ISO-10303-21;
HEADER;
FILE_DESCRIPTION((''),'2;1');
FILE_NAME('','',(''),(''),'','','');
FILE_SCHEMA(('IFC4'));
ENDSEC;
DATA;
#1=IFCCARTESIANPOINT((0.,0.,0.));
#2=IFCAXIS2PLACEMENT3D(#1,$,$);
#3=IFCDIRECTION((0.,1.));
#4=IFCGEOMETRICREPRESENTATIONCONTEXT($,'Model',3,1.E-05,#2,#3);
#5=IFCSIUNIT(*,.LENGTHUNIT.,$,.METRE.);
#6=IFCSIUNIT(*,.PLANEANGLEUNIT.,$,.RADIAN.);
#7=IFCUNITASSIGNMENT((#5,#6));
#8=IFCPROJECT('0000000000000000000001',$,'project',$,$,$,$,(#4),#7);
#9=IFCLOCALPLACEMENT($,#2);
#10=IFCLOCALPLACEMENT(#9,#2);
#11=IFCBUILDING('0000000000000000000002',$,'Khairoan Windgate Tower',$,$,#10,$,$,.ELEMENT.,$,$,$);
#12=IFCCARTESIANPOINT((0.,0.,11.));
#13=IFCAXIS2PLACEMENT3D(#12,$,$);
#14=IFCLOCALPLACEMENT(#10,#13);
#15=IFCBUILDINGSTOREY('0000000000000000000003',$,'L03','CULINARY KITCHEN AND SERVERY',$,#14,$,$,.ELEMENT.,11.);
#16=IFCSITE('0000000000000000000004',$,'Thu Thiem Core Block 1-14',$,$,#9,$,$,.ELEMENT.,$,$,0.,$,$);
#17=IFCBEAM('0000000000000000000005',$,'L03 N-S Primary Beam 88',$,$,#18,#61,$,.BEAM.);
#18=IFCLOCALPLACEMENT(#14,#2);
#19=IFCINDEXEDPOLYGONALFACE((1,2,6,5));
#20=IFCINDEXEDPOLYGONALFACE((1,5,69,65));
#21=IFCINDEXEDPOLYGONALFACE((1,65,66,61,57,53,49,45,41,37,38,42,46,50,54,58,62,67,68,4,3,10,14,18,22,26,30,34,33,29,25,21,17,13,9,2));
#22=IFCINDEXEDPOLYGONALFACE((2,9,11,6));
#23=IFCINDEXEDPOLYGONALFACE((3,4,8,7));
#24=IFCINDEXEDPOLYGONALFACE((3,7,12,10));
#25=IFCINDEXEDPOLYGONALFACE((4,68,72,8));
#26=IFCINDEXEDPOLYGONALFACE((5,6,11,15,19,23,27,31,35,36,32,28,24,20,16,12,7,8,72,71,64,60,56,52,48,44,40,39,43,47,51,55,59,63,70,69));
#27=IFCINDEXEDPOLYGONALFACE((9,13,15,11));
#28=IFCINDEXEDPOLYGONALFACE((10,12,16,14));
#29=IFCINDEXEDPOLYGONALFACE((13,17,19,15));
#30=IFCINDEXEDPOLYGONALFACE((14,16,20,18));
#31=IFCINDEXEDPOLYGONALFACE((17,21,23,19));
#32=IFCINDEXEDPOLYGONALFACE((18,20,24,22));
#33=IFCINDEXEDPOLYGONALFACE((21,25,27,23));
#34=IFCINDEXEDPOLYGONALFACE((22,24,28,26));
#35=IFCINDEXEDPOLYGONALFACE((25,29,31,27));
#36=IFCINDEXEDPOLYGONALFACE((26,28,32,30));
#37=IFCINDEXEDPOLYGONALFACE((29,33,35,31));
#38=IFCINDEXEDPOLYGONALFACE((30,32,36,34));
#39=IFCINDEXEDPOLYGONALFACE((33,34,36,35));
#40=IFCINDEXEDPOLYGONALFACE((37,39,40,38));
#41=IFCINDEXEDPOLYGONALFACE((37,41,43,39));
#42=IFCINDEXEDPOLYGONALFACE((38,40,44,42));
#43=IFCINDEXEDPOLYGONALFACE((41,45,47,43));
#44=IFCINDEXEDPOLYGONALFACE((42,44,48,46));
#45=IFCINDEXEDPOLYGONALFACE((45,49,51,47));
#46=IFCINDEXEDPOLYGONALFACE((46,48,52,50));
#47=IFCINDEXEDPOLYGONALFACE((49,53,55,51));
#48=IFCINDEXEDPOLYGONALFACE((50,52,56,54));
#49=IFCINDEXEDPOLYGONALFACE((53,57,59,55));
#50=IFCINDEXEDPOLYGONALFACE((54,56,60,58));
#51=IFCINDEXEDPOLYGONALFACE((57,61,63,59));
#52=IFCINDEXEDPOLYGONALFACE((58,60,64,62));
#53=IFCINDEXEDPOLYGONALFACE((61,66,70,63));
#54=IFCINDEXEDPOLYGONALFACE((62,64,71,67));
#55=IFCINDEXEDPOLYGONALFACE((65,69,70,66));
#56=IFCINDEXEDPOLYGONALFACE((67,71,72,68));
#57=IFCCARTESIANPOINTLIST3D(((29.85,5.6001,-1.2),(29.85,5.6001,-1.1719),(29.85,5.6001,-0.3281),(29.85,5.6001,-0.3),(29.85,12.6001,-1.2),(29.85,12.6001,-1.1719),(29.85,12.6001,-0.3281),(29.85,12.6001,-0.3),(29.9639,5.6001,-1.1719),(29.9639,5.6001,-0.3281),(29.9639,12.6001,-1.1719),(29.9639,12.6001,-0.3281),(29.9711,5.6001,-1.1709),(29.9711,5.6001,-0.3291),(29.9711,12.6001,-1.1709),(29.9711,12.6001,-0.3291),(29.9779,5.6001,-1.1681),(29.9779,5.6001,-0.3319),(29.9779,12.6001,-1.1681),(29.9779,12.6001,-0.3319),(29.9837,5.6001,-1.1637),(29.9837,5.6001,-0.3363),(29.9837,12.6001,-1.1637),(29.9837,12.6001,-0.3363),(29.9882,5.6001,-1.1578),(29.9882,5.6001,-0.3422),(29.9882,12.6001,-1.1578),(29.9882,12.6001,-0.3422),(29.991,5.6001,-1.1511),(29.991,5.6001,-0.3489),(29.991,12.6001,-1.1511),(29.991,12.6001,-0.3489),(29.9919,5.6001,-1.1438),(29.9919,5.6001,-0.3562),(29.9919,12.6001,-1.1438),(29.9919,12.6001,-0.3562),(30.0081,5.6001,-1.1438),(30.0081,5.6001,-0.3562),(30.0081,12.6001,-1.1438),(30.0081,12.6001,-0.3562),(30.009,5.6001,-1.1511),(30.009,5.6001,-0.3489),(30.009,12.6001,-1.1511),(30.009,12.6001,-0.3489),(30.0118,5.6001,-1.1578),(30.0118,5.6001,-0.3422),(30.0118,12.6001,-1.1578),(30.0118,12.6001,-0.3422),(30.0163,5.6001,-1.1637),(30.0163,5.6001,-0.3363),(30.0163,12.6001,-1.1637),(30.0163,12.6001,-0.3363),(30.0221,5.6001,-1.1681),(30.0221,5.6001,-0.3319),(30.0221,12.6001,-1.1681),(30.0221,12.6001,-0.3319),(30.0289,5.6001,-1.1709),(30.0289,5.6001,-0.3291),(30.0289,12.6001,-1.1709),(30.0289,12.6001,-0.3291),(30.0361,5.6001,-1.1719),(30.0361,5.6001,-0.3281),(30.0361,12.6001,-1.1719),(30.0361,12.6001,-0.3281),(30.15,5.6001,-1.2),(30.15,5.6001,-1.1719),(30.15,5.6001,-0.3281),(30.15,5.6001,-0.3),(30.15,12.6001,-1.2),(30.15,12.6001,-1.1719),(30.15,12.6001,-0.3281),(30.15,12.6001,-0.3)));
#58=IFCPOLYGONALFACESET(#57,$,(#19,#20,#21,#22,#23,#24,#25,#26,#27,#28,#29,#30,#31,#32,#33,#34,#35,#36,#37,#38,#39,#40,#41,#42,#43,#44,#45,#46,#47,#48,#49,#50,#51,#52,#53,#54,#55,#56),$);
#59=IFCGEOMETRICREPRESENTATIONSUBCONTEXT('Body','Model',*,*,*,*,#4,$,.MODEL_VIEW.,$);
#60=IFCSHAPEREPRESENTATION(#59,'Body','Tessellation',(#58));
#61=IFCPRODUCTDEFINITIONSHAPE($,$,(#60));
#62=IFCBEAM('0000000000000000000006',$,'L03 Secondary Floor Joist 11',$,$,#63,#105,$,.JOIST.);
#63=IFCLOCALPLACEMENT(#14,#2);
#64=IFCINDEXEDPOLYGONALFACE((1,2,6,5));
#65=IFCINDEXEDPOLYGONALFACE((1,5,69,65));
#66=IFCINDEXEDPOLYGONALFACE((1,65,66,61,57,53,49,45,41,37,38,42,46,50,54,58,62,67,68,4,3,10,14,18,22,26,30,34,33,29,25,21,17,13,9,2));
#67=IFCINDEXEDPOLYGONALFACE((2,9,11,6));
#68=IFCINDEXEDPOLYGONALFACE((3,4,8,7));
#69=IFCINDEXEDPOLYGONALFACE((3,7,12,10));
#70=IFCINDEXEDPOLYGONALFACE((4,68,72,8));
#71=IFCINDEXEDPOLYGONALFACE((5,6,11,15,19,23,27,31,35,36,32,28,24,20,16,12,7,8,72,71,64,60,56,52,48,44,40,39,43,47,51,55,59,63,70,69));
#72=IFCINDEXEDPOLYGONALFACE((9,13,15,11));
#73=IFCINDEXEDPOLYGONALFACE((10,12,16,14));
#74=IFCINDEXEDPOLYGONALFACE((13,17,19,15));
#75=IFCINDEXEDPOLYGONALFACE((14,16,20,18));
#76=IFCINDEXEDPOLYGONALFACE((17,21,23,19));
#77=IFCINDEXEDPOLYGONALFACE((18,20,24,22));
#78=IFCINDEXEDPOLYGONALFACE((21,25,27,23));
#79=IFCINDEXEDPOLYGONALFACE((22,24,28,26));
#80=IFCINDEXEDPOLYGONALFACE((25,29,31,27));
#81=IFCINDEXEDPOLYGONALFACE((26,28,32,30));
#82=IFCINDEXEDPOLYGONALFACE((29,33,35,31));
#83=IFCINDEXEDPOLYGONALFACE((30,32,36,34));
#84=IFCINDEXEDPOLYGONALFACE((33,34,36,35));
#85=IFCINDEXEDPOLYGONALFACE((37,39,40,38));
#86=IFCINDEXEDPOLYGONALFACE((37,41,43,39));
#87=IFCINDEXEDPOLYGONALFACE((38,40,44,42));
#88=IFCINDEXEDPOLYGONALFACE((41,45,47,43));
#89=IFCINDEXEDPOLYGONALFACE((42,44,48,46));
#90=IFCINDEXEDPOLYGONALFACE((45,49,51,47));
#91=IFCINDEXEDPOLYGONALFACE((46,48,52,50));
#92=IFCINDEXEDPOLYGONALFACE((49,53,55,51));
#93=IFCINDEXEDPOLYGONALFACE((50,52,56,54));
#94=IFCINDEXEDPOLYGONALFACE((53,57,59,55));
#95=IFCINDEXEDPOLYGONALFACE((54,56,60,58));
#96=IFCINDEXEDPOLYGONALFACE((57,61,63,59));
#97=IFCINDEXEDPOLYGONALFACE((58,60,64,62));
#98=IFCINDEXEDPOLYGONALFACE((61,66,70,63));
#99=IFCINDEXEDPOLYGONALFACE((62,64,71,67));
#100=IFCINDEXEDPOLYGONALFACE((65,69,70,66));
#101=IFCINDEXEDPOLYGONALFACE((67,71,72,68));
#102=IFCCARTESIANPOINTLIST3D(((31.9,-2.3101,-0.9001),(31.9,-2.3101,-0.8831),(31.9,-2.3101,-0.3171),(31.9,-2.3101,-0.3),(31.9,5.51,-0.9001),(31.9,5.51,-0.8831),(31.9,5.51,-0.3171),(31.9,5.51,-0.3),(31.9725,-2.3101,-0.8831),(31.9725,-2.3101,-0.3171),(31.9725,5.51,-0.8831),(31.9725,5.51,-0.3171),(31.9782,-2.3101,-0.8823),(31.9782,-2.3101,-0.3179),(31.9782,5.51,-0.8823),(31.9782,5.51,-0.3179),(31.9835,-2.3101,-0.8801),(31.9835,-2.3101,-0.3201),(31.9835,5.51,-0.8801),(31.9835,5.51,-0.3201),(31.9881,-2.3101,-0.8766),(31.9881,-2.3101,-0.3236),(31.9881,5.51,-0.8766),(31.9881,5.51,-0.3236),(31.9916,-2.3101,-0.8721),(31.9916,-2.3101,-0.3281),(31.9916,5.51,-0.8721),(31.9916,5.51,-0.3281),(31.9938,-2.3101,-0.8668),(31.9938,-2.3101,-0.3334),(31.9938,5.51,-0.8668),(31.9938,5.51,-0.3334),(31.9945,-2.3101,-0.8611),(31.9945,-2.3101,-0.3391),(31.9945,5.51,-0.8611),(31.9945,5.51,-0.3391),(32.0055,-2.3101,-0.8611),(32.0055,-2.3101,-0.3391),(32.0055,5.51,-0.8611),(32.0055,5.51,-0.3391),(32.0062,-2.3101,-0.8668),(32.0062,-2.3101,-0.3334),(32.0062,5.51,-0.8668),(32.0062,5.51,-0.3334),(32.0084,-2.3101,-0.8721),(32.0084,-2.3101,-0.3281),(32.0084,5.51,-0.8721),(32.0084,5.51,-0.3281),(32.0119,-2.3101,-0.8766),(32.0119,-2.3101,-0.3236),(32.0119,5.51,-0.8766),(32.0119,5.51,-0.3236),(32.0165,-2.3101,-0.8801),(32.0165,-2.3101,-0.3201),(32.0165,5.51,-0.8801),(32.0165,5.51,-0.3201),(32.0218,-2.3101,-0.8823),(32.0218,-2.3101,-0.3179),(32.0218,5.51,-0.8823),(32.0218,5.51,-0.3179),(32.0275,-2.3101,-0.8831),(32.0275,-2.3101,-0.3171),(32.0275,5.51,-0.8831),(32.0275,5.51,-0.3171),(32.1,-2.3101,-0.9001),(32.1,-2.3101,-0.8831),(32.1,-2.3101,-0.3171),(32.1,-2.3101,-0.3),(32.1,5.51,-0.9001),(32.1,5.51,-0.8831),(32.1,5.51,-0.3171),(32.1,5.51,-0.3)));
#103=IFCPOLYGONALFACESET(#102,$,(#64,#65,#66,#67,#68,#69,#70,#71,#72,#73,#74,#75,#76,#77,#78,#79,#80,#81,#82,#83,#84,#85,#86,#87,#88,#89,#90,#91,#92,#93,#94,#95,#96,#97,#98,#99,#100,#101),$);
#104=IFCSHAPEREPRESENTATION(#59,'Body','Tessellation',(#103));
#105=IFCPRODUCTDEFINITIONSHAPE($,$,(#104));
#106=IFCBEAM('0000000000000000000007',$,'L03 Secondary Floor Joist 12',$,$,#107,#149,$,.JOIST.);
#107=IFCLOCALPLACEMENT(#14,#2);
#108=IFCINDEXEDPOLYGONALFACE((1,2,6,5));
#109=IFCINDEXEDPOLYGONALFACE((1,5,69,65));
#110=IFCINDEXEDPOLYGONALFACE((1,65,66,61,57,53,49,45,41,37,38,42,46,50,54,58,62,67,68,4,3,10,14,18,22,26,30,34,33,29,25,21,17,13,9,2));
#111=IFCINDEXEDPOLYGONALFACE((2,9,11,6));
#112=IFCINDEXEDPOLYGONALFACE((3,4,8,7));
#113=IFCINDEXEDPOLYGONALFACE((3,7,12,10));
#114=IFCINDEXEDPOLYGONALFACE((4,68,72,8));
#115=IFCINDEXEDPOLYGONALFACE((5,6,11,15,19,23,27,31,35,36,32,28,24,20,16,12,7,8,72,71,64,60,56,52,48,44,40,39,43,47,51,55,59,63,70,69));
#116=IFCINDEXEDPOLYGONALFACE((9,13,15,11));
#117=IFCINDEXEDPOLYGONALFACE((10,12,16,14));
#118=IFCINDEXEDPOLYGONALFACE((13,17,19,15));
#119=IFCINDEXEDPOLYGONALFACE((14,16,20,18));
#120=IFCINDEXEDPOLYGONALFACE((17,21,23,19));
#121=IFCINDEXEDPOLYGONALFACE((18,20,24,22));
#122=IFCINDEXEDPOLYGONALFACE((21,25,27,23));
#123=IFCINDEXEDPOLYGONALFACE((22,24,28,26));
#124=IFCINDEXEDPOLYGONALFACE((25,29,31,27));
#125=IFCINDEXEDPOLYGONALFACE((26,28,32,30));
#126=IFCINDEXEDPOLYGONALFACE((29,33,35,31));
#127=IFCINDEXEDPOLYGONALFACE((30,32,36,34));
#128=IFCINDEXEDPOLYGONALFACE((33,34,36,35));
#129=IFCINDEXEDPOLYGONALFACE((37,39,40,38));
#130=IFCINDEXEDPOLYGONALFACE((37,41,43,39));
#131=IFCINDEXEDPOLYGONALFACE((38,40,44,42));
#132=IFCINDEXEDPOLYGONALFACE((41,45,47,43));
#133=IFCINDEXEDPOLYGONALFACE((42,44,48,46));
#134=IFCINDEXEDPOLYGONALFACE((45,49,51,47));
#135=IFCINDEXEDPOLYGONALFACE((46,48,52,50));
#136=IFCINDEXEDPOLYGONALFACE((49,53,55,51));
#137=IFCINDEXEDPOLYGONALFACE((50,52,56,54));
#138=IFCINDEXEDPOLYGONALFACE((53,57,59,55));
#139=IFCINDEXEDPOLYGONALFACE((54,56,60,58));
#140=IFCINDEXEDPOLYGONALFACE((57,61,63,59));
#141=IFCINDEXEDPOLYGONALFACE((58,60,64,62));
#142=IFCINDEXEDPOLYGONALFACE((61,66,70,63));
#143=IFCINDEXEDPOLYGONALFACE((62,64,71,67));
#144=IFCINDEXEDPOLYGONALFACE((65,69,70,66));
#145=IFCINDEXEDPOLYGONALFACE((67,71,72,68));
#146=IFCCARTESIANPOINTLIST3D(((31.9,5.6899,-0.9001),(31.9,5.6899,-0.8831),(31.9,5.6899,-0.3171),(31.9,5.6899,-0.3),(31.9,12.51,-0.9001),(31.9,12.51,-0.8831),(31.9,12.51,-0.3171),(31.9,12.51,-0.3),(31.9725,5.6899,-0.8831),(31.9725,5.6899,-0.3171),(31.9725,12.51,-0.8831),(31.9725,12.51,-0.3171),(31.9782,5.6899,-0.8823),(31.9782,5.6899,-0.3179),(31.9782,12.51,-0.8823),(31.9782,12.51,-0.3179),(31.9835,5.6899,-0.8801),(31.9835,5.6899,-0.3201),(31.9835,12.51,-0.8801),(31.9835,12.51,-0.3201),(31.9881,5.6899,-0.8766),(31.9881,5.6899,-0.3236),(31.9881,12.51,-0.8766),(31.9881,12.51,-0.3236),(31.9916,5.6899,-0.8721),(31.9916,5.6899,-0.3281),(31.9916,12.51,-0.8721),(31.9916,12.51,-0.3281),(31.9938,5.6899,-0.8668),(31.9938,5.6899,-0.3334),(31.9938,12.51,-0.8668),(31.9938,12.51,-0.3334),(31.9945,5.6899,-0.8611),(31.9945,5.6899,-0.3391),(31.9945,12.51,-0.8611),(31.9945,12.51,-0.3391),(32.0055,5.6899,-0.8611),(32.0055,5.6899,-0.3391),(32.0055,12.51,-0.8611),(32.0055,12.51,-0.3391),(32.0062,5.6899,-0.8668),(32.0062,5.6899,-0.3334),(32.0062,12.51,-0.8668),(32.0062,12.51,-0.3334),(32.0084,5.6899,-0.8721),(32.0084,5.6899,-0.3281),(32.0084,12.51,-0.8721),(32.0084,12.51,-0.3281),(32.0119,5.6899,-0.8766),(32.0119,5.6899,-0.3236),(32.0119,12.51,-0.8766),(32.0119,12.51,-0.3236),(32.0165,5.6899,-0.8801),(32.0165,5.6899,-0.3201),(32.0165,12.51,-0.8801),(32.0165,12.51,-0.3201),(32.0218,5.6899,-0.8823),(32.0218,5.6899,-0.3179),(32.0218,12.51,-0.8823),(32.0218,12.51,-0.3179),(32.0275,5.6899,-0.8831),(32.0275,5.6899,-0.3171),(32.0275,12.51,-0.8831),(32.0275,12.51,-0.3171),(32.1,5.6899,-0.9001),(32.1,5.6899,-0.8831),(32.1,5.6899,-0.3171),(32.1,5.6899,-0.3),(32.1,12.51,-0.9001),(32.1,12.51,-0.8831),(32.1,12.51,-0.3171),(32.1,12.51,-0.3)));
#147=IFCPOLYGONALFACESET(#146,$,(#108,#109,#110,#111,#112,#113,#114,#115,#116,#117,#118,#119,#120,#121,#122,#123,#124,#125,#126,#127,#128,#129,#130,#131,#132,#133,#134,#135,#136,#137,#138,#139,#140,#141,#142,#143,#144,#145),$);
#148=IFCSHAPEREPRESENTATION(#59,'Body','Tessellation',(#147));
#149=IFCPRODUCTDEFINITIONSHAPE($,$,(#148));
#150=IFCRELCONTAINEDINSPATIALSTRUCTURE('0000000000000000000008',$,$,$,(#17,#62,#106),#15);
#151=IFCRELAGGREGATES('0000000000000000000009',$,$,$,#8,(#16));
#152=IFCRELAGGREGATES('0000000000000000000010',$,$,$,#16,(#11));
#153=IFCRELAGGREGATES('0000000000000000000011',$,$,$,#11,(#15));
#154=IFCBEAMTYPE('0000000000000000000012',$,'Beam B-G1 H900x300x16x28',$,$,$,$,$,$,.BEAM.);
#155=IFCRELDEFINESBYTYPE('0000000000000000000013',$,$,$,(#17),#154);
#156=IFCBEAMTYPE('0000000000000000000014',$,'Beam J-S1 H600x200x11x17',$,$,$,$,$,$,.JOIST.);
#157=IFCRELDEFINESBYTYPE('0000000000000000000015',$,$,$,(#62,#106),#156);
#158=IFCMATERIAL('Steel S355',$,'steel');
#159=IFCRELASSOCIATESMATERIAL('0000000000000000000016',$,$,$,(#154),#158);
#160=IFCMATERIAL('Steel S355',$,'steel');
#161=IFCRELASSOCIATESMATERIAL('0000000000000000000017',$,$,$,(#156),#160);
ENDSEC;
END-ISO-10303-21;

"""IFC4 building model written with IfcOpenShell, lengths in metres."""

from ifc_helpers import new_model, si_unit, direction, frame, origin, origin_2d, place, context, subcontext, project, spatial, i_section, extrude, material, material_profile, profile_set, type_object, element, save


model = new_model("IFC4")

# Units and contexts
model_context = context("Model", 3, precision=1e-05, world=origin(), true_north=direction((0.0, 1.0)))
body_context = subcontext(model_context, "Body", "Model", "MODEL_VIEW")
ifc_project = project(units=[si_unit("LENGTHUNIT", "METRE"), si_unit("PLANEANGLEUNIT", "RADIAN")], contexts=[model_context])

# Site, building, storey
site_placement = place(None, origin())
site = spatial("IfcSite", under=ifc_project, at=site_placement, Name="Thu Thiem Core Block 1-14", CompositionType="ELEMENT", RefElevation=0.0)
building_placement = place(site_placement, origin())
building = spatial("IfcBuilding", under=site, at=building_placement, Name="Khairoan Windgate Tower", CompositionType="ELEMENT")
storey_placement = place(building_placement, frame((0.0, 0.0, 11.0)))
storey = spatial("IfcBuildingStorey", under=building, at=storey_placement, Name="L03", Description="CULINARY KITCHEN AND SERVERY", CompositionType="ELEMENT", Elevation=11.0)

# Beams
ifc_material_1 = material(Name="Steel S355", Category="steel")
ifc_material_profile_1 = material_profile(ifc_material_1, i_section(OverallWidth=0.3, OverallDepth=0.8999, WebThickness=0.0161, FlangeThickness=0.0281, FilletRadius=0.0281, at=origin_2d()))
ifc_profile_set_1 = profile_set([ifc_material_profile_1], Name="Steel S355")
beam_type_1 = type_object("IfcBeamType", Name="Beam B-G1 H900x300x16x28", PredefinedType="BEAM", material=ifc_profile_set_1)
beam_1_placement = place(storey_placement, frame((30.0, 5.6001, -0.75), z_axis=(0.0, 1.0, 0.0), x_axis=(-1.0, 0.0, 0.0)))
element("IfcBeam", 1, at=beam_1_placement, inside=storey, type_object=beam_type_1, Name="L03 N-S Primary Beam 88", PredefinedType="BEAM", context=body_context, shape_type="SweptSolid", body=[
    extrude(i_section(OverallWidth=0.3, OverallDepth=0.8999, WebThickness=0.0161, FlangeThickness=0.0281, FilletRadius=0.0281, at=origin_2d()), origin(), (0.0, 0.0, 1.0), 7.0),
])
ifc_material_2 = material(Name="Steel S355", Category="steel")
ifc_material_profile_2 = material_profile(ifc_material_2, i_section(OverallWidth=0.2, OverallDepth=0.6001, WebThickness=0.011, FlangeThickness=0.0171, FilletRadius=0.022, at=origin_2d()))
ifc_profile_set_2 = profile_set([ifc_material_profile_2], Name="Steel S355")
beam_type_2 = type_object("IfcBeamType", Name="Beam J-S1 H600x200x11x17", PredefinedType="JOIST", material=ifc_profile_set_2)
beam_2_placement = place(storey_placement, frame((32.0, -2.3101, -0.6001), z_axis=(0.0, 1.0, 0.0), x_axis=(-1.0, 0.0, 0.0)))
element("IfcBeam", 2, at=beam_2_placement, inside=storey, type_object=beam_type_2, Name="L03 Secondary Floor Joist 11", PredefinedType="JOIST", context=body_context, shape_type="SweptSolid", body=[
    extrude(i_section(OverallWidth=0.2, OverallDepth=0.6001, WebThickness=0.011, FlangeThickness=0.0171, FilletRadius=0.022, at=origin_2d()), origin(), (0.0, 0.0, 1.0), 7.8201),
])
beam_3_placement = place(storey_placement, frame((32.0, 5.6899, -0.6001), z_axis=(0.0, 1.0, 0.0), x_axis=(-1.0, 0.0, 0.0)))
element("IfcBeam", 3, at=beam_3_placement, inside=storey, type_object=beam_type_2, Name="L03 Secondary Floor Joist 12", PredefinedType="JOIST", context=body_context, shape_type="SweptSolid", body=[
    extrude(i_section(OverallWidth=0.2, OverallDepth=0.6001, WebThickness=0.011, FlangeThickness=0.0171, FilletRadius=0.022, at=origin_2d()), origin(), (0.0, 0.0, 1.0), 6.8201),
])

save(model, "model.ifc")
